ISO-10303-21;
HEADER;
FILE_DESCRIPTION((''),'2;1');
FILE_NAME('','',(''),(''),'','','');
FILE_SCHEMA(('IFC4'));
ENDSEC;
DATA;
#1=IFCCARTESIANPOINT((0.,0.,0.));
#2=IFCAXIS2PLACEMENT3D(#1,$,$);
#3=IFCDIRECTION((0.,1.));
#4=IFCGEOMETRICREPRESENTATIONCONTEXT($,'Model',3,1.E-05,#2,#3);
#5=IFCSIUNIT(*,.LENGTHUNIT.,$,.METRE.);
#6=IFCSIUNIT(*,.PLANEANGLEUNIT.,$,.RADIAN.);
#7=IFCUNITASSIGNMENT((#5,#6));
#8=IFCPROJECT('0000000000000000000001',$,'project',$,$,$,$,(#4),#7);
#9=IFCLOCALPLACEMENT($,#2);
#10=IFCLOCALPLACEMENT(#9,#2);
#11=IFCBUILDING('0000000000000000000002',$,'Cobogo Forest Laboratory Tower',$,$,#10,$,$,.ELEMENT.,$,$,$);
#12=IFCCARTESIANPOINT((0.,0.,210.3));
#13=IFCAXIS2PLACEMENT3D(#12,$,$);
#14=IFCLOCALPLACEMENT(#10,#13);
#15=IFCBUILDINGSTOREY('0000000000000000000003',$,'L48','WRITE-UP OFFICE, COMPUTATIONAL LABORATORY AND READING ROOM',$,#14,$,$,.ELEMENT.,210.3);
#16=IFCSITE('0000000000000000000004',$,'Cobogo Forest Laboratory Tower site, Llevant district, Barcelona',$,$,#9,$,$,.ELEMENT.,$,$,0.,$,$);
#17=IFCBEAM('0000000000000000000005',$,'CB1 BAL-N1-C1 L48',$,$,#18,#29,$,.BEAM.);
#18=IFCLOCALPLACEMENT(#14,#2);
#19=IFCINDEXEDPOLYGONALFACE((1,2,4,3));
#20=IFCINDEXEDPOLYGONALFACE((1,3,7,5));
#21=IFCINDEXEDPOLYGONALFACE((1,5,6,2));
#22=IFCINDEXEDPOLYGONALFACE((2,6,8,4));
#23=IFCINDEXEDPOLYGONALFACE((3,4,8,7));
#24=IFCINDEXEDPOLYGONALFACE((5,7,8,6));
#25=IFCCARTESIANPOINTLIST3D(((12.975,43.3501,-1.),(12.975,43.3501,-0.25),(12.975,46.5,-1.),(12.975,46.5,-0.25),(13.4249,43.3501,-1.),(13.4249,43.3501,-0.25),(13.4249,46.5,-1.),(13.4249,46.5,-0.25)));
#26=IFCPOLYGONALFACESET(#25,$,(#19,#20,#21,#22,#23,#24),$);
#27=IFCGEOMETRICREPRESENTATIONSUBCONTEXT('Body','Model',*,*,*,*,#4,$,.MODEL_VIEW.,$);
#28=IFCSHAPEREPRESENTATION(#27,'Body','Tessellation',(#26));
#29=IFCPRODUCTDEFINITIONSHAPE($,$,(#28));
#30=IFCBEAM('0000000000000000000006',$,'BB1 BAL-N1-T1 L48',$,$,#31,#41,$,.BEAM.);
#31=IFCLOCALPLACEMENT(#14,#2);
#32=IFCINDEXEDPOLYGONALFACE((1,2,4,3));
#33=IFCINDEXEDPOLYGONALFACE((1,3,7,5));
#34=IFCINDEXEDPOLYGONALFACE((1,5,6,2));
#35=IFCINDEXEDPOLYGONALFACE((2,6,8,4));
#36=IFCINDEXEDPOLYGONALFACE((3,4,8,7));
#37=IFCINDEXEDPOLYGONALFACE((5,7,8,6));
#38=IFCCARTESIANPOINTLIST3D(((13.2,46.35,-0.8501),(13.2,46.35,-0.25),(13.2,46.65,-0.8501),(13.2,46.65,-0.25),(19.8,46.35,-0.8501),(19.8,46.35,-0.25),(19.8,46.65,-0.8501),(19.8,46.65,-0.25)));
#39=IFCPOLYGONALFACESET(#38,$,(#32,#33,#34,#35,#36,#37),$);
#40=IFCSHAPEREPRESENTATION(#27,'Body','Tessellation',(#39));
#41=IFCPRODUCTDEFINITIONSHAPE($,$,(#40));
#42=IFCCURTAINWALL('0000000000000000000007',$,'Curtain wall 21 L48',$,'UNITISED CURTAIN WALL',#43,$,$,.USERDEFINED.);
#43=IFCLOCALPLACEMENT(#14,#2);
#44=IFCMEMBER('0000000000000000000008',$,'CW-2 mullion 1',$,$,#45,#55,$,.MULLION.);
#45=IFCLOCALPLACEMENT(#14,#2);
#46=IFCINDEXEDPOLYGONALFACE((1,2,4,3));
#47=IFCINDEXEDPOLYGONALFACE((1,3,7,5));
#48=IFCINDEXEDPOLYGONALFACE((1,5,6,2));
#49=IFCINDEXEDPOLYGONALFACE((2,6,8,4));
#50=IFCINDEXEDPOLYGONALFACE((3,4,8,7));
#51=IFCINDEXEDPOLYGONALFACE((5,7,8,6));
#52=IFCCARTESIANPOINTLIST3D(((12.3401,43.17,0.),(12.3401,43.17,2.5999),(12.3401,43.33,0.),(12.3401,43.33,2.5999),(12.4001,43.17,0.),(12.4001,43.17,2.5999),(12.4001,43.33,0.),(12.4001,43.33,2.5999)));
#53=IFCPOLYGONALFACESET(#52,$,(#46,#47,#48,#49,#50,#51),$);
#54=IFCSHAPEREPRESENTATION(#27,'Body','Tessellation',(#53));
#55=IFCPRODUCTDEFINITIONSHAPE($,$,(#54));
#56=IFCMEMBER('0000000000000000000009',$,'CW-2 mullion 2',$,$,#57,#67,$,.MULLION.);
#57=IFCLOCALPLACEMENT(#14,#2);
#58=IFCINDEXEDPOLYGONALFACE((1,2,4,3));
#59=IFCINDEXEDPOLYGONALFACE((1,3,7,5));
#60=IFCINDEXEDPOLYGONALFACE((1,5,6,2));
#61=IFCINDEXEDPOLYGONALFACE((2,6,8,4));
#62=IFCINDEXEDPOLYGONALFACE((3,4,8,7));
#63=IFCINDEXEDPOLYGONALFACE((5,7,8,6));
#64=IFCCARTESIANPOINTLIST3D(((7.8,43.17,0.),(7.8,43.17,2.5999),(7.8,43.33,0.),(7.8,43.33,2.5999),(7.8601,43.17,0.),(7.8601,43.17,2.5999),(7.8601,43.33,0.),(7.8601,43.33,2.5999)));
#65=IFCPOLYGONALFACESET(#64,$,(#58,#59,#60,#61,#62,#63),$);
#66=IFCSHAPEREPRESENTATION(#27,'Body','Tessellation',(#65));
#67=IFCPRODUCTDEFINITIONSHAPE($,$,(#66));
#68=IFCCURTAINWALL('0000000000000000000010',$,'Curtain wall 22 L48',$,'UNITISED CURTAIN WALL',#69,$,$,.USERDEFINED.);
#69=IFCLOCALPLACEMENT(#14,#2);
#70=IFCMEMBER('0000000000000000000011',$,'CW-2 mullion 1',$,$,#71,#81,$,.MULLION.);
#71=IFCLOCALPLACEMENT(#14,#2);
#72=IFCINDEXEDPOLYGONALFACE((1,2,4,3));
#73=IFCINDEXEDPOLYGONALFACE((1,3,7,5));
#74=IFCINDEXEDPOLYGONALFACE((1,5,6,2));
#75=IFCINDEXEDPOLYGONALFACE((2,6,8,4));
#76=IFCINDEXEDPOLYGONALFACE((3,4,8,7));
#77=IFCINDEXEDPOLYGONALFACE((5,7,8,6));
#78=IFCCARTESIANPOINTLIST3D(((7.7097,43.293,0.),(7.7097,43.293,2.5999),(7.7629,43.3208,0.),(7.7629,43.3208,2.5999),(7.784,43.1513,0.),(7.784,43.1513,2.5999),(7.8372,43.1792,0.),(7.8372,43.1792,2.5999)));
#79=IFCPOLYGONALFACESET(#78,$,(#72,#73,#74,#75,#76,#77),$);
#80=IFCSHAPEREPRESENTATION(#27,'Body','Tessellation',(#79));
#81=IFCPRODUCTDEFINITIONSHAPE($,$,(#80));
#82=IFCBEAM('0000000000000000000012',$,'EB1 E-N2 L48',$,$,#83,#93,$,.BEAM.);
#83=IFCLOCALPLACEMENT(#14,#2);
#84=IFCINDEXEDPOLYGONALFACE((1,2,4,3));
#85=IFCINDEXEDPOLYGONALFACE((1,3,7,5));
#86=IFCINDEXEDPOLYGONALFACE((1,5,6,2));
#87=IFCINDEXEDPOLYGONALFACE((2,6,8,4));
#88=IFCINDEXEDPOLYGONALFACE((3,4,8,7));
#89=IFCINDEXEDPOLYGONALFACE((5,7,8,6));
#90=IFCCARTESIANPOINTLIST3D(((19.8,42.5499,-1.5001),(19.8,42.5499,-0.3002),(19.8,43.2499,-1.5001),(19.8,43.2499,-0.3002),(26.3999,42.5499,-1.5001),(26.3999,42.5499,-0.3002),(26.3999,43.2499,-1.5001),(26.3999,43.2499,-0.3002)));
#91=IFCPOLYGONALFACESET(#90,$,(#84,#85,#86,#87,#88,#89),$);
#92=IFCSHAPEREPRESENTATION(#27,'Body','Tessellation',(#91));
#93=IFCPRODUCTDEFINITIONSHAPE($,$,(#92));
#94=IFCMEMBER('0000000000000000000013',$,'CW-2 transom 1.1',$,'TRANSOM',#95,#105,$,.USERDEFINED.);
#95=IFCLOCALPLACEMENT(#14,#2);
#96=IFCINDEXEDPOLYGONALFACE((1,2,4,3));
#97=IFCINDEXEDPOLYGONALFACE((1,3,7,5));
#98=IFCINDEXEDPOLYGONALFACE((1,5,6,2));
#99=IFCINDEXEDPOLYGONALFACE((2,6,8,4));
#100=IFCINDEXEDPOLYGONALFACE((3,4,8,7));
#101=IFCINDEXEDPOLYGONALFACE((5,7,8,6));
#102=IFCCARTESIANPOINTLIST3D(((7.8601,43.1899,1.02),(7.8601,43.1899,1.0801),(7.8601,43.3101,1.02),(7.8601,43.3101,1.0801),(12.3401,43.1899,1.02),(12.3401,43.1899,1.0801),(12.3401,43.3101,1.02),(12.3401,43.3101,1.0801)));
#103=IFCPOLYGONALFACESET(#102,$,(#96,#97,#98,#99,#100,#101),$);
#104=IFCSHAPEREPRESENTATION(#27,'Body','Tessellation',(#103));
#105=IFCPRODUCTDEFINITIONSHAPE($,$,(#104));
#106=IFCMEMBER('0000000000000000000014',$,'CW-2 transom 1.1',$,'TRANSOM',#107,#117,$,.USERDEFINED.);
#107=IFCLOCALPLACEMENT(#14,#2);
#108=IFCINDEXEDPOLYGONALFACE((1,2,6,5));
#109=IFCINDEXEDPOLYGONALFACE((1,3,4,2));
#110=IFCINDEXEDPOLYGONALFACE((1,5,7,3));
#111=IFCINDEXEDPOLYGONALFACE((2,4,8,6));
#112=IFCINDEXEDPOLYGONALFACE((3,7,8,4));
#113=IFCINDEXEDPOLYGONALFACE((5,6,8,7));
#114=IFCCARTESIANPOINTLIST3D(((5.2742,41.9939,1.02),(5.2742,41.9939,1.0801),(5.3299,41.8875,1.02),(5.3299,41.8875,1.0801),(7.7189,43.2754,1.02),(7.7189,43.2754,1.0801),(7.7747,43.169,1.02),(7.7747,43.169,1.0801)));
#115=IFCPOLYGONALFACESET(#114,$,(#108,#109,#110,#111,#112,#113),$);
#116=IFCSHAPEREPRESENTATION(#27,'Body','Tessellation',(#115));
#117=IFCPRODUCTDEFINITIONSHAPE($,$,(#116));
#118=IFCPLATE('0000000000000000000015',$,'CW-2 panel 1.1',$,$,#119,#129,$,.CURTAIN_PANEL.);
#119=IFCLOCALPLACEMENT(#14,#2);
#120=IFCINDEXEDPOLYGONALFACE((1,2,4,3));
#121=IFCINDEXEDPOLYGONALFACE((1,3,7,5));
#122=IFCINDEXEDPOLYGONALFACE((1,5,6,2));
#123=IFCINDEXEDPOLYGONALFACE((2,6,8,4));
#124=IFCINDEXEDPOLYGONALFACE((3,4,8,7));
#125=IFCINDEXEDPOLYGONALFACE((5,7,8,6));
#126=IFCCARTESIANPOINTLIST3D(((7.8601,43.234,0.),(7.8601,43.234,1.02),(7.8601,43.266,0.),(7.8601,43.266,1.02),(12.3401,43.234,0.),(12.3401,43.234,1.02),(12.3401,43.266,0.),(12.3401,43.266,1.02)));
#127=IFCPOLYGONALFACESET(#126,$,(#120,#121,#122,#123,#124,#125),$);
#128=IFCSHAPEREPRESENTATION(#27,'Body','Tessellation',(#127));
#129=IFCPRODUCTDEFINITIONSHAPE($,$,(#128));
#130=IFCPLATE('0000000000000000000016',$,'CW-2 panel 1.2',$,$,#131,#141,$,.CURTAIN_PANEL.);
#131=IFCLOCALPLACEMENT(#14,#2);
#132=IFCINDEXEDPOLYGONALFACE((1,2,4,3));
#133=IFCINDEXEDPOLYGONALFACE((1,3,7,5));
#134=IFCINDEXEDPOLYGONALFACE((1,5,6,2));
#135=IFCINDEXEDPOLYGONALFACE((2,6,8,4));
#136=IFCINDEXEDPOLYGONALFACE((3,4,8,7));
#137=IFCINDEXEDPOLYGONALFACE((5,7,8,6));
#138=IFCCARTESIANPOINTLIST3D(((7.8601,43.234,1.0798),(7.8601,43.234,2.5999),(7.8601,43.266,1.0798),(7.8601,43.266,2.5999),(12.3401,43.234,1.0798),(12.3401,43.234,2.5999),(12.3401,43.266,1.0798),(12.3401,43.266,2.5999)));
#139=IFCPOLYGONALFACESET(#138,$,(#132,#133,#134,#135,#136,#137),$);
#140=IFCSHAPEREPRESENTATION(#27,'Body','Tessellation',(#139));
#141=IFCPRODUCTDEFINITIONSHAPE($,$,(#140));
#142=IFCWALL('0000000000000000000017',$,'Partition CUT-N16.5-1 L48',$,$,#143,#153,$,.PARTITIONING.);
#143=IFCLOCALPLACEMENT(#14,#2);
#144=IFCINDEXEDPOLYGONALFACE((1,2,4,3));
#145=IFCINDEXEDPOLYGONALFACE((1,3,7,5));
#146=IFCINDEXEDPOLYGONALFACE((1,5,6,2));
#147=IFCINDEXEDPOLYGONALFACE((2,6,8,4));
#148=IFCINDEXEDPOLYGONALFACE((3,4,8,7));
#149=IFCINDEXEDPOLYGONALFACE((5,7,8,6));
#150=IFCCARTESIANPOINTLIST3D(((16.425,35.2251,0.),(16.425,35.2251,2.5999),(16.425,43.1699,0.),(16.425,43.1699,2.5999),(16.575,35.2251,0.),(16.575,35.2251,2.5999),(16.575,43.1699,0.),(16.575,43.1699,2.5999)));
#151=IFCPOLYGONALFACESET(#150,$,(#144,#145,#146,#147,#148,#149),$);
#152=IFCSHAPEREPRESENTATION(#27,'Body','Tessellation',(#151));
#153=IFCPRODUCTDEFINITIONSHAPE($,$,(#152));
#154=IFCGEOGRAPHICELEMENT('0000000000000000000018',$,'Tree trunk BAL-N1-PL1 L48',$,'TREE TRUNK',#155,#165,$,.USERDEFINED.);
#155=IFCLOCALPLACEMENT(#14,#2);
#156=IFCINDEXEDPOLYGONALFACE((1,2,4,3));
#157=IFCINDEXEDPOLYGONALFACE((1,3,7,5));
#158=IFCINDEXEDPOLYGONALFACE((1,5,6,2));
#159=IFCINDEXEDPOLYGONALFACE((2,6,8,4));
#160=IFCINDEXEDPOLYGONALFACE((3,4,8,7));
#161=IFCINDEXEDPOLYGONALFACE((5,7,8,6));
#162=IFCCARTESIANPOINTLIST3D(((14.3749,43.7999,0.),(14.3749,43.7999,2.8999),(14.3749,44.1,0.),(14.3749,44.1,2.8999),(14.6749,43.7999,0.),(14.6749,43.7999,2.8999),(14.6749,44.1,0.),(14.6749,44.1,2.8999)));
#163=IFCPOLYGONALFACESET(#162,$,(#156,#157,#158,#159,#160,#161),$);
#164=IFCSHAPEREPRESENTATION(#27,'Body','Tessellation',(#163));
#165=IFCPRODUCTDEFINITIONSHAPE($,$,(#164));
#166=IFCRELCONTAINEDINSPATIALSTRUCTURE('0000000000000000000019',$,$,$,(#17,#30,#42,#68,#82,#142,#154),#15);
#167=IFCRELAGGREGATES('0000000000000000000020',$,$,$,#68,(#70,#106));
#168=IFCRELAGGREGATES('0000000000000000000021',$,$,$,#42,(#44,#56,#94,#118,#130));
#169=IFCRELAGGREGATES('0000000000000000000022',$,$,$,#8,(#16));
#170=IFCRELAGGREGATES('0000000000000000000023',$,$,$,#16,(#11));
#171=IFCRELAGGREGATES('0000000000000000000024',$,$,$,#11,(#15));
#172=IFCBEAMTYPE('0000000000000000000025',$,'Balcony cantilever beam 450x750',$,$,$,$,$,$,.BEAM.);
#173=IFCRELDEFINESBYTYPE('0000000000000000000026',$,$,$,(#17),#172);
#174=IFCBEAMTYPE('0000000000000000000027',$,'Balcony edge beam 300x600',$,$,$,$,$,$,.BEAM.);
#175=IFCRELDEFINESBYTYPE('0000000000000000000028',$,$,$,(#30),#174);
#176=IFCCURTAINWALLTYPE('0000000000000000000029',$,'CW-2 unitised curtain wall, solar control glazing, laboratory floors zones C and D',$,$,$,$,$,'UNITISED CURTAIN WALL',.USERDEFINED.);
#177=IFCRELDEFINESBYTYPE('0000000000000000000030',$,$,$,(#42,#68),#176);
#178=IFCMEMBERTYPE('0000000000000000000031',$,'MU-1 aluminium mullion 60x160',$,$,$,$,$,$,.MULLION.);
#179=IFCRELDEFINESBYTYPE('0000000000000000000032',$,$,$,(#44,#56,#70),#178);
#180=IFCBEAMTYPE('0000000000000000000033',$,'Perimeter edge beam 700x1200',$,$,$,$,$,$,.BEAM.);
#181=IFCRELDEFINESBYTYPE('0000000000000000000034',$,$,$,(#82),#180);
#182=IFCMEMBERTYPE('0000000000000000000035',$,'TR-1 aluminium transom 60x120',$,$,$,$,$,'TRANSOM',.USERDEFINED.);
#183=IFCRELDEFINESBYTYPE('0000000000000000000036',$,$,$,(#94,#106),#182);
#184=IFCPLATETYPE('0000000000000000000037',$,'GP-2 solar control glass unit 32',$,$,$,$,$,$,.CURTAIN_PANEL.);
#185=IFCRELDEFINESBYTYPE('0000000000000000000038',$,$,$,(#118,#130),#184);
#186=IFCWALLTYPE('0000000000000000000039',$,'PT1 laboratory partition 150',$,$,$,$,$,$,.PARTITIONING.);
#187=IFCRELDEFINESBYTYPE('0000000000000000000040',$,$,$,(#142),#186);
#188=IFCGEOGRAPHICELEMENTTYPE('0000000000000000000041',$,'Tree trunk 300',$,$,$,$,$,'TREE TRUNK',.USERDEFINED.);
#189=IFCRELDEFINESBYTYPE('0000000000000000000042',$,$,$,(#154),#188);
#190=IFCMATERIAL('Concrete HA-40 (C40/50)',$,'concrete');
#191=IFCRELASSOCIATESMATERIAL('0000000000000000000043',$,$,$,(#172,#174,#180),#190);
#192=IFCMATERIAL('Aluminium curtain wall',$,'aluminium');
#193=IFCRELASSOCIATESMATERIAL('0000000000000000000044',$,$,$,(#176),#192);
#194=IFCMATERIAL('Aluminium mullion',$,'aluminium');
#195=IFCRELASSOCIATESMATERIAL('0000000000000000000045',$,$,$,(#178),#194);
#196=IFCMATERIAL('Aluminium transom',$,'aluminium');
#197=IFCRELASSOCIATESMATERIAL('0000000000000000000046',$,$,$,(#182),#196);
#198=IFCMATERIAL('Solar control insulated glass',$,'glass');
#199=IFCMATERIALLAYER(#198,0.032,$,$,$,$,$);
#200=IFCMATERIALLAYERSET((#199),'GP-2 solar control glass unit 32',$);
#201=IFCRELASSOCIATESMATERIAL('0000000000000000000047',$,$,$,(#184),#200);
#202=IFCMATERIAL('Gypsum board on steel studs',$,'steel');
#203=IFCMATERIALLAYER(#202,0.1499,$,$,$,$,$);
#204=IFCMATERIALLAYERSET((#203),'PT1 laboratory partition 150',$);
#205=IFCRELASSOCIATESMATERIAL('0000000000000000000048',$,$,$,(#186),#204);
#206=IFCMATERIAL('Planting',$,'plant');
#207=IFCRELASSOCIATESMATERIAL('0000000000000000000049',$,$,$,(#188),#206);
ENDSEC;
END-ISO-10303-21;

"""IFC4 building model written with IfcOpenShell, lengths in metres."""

from ifc_helpers import new_model, si_unit, direction, frame, frame_2d, origin, origin_2d, place, context, subcontext, project, spatial, rectangle, extrude, material, layer, layer_set, material_profile, profile_set, type_object, element, aggregate, save


model = new_model("IFC4")

# Units and contexts
model_context = context("Model", 3, precision=1e-05, world=origin(), true_north=direction((0.0, 1.0)))
body_context = subcontext(model_context, "Body", "Model", "MODEL_VIEW")
ifc_project = project(units=[si_unit("LENGTHUNIT", "METRE"), si_unit("PLANEANGLEUNIT", "RADIAN")], contexts=[model_context])

# Site, building, storey
site_placement = place(None, origin())
site = spatial("IfcSite", under=ifc_project, at=site_placement, Name="Cobogo Forest Laboratory Tower site, Llevant district, Barcelona", CompositionType="ELEMENT", RefElevation=0.0)
building_placement = place(site_placement, origin())
building = spatial("IfcBuilding", under=site, at=building_placement, Name="Cobogo Forest Laboratory Tower", CompositionType="ELEMENT")
storey_placement = place(building_placement, frame((0.0, 0.0, 210.3)))
storey = spatial("IfcBuildingStorey", under=building, at=storey_placement, Name="L48", Description="WRITE-UP OFFICE, COMPUTATIONAL LABORATORY AND READING ROOM", CompositionType="ELEMENT", Elevation=210.3)

# Beams
ifc_material_1 = material(Name="Concrete HA-40 (C40/50)", Category="concrete")
ifc_material_profile_1 = material_profile(ifc_material_1, rectangle(XDim=0.45, YDim=0.75, at=origin_2d()), Name="RC 450x750")
ifc_profile_set_1 = profile_set([ifc_material_profile_1], Name="Concrete HA-40 (C40/50)")
beam_type_1 = type_object("IfcBeamType", Name="Balcony cantilever beam 450x750", PredefinedType="BEAM", material=ifc_profile_set_1)
beam_1_placement = place(storey_placement, frame((13.2, 43.3501, -0.625), z_axis=(0.0, 1.0, 0.0), x_axis=(-1.0, 0.0, 0.0)))
element("IfcBeam", 1, at=beam_1_placement, inside=storey, type_object=beam_type_1, Name="CB1 BAL-N1-C1 L48", PredefinedType="BEAM", context=body_context, shape_type="SweptSolid", body=[
    extrude(rectangle(XDim=0.45, YDim=0.75, at=origin_2d()), origin(), (0.0, 0.0, 1.0), 3.1499),
])
ifc_material_profile_2 = material_profile(ifc_material_1, rectangle(XDim=0.3, YDim=0.6001, at=origin_2d()), Name="RC 300x600")
ifc_profile_set_2 = profile_set([ifc_material_profile_2], Name="Concrete HA-40 (C40/50)")
beam_type_2 = type_object("IfcBeamType", Name="Balcony edge beam 300x600", PredefinedType="BEAM", material=ifc_profile_set_2)
beam_2_placement = place(storey_placement, frame((13.2, 46.5, -0.55), z_axis=(1.0, 0.0, 0.0), x_axis=(0.0, 1.0, 0.0)))
element("IfcBeam", 2, at=beam_2_placement, inside=storey, type_object=beam_type_2, Name="BB1 BAL-N1-T1 L48", PredefinedType="BEAM", context=body_context, shape_type="SweptSolid", body=[
    extrude(rectangle(XDim=0.3, YDim=0.6001, at=origin_2d()), origin(), (0.0, 0.0, 1.0), 6.6001),
])

# Curtain wall, members
ifc_material_2 = material(Name="Aluminium curtain wall", Category="aluminium")
curtain_wall_type = type_object("IfcCurtainWallType", Name="CW-2 unitised curtain wall, solar control glazing, laboratory floors zones C and D", ElementType="UNITISED CURTAIN WALL", PredefinedType="USERDEFINED", material=ifc_material_2)
curtain_wall_1_placement = place(storey_placement, origin())
curtain_wall_1 = element("IfcCurtainWall", 3, at=curtain_wall_1_placement, inside=storey, type_object=curtain_wall_type, Name="Curtain wall 21 L48", ObjectType="UNITISED CURTAIN WALL", PredefinedType="USERDEFINED")
ifc_material_3 = material(Name="Aluminium mullion", Category="aluminium")
ifc_material_profile_3 = material_profile(ifc_material_3, rectangle(XDim=0.0601, YDim=0.1599, at=origin_2d()), Name="AL 60x160")
ifc_profile_set_3 = profile_set([ifc_material_profile_3], Name="Aluminium mullion")
member_type_1 = type_object("IfcMemberType", Name="MU-1 aluminium mullion 60x160", PredefinedType="MULLION", material=ifc_profile_set_3)
member_1_placement = place(storey_placement, frame((12.3701, 43.25, 0.0), z_axis=(0.0, 0.0, 1.0), x_axis=(-1.0, 0.0, 0.0)))
member_1 = element("IfcMember", 4, at=member_1_placement, type_object=member_type_1, Name="CW-2 mullion 1", PredefinedType="MULLION", context=body_context, shape_type="SweptSolid", body=[
    extrude(rectangle(XDim=0.0601, YDim=0.1599, at=origin_2d()), origin(), (0.0, 0.0, 1.0), 2.5999),
])
member_2_placement = place(storey_placement, frame((7.8301, 43.25, 0.0), z_axis=(0.0, 0.0, 1.0), x_axis=(-1.0, 0.0, 0.0)))
member_2 = element("IfcMember", 5, at=member_2_placement, type_object=member_type_1, Name="CW-2 mullion 2", PredefinedType="MULLION", context=body_context, shape_type="SweptSolid", body=[
    extrude(rectangle(XDim=0.0601, YDim=0.1599, at=origin_2d()), origin(), (0.0, 0.0, 1.0), 2.5999),
])

# Curtain wall, member
curtain_wall_2_placement = place(storey_placement, origin())
curtain_wall_2 = element("IfcCurtainWall", 6, at=curtain_wall_2_placement, inside=storey, type_object=curtain_wall_type, Name="Curtain wall 22 L48", ObjectType="UNITISED CURTAIN WALL", PredefinedType="USERDEFINED")
member_3_placement = place(storey_placement, frame((7.7734, 43.2361, 0.0), z_axis=(0.0, 0.0, 1.0), x_axis=(-0.885686, -0.464284, 0.0)))
member_3 = element("IfcMember", 7, at=member_3_placement, type_object=member_type_1, Name="CW-2 mullion 1", PredefinedType="MULLION", context=body_context, shape_type="SweptSolid", body=[
    extrude(rectangle(XDim=0.0601, YDim=0.1599, at=origin_2d()), origin(), (0.0, 0.0, 1.0), 2.5999),
])

# Beam
ifc_material_profile_4 = material_profile(ifc_material_1, rectangle(XDim=0.7, YDim=1.2, at=origin_2d()), Name="RC 700x1200")
ifc_profile_set_4 = profile_set([ifc_material_profile_4], Name="Concrete HA-40 (C40/50)")
beam_type_3 = type_object("IfcBeamType", Name="Perimeter edge beam 700x1200", PredefinedType="BEAM", material=ifc_profile_set_4)
beam_3_placement = place(storey_placement, frame((19.8, 42.8999, -0.9001), z_axis=(1.0, 0.0, 0.0), x_axis=(0.0, 1.0, 0.0)))
element("IfcBeam", 8, at=beam_3_placement, inside=storey, type_object=beam_type_3, Name="EB1 E-N2 L48", PredefinedType="BEAM", context=body_context, shape_type="SweptSolid", body=[
    extrude(rectangle(XDim=0.7, YDim=1.2, at=origin_2d()), origin(), (0.0, 0.0, 1.0), 6.5999),
])

# Members
ifc_material_4 = material(Name="Aluminium transom", Category="aluminium")
ifc_material_profile_5 = material_profile(ifc_material_4, rectangle(XDim=0.1201, YDim=0.0601, at=origin_2d()), Name="AL 60x120")
ifc_profile_set_5 = profile_set([ifc_material_profile_5], Name="Aluminium transom")
member_type_2 = type_object("IfcMemberType", Name="TR-1 aluminium transom 60x120", ElementType="TRANSOM", PredefinedType="USERDEFINED", material=ifc_profile_set_5)
member_4_placement = place(storey_placement, frame((12.3401, 43.25, 1.05), z_axis=(-1.0, 0.0, 0.0), x_axis=(0.0, -1.0, 0.0)))
member_4 = element("IfcMember", 9, at=member_4_placement, type_object=member_type_2, Name="CW-2 transom 1.1", ObjectType="TRANSOM", PredefinedType="USERDEFINED", context=body_context, shape_type="SweptSolid", body=[
    extrude(rectangle(XDim=0.1201, YDim=0.0601, at=origin_2d()), origin(), (0.0, 0.0, 1.0), 4.48),
])
member_5_placement = place(storey_placement, frame((7.7468, 43.2222, 1.05), z_axis=(-0.885702, -0.464255, 0.0), x_axis=(0.464255, -0.885702, 0.0)))
member_5 = element("IfcMember", 10, at=member_5_placement, type_object=member_type_2, Name="CW-2 transom 1.1", ObjectType="TRANSOM", PredefinedType="USERDEFINED", context=body_context, shape_type="SweptSolid", body=[
    extrude(rectangle(XDim=0.1201, YDim=0.0601, at=origin_2d()), origin(), (0.0, 0.0, 1.0), 2.7603),
])
aggregate(curtain_wall_2, [member_3, member_5])

# Plates
ifc_material_5 = material(Name="Solar control insulated glass", Category="glass")
ifc_layer_1 = layer(ifc_material_5, 0.032)
ifc_layer_set_1 = layer_set([ifc_layer_1], Name="GP-2 solar control glass unit 32")
plate_type = type_object("IfcPlateType", Name="GP-2 solar control glass unit 32", PredefinedType="CURTAIN_PANEL", material=ifc_layer_set_1)
plate_1_placement = place(storey_placement, frame((10.1001, 43.25, 0.0), z_axis=(0.0, 0.0, 1.0), x_axis=(-1.0, 0.0, 0.0)))
plate_1 = element("IfcPlate", 11, at=plate_1_placement, type_object=plate_type, Name="CW-2 panel 1.1", PredefinedType="CURTAIN_PANEL", context=body_context, shape_type="SweptSolid", body=[
    extrude(rectangle(XDim=4.48, YDim=0.032, at=origin_2d()), origin(), (0.0, 0.0, 1.0), 1.02),
])
plate_2_placement = place(storey_placement, frame((10.1001, 43.25, 1.0798), z_axis=(0.0, 0.0, 1.0), x_axis=(-1.0, 0.0, 0.0)))
plate_2 = element("IfcPlate", 12, at=plate_2_placement, type_object=plate_type, Name="CW-2 panel 1.2", PredefinedType="CURTAIN_PANEL", context=body_context, shape_type="SweptSolid", body=[
    extrude(rectangle(XDim=4.48, YDim=0.032, at=origin_2d()), origin(), (0.0, 0.0, 1.0), 1.52),
])
aggregate(curtain_wall_1, [member_1, member_2, member_4, plate_1, plate_2])

# Wall
ifc_material_6 = material(Name="Gypsum board on steel studs", Category="steel")
ifc_layer_2 = layer(ifc_material_6, 0.1499)
ifc_layer_set_2 = layer_set([ifc_layer_2], Name="PT1 laboratory partition 150")
wall_type_1 = type_object("IfcWallType", Name="PT1 laboratory partition 150", PredefinedType="PARTITIONING", material=ifc_layer_set_2)
wall_1_placement = place(storey_placement, frame((16.5, 43.1699, 0.0), z_axis=(0.0, 0.0, 1.0), x_axis=(0.0, -1.0, 0.0)))
element("IfcWall", 13, at=wall_1_placement, inside=storey, type_object=wall_type_1, Name="Partition CUT-N16.5-1 L48", PredefinedType="PARTITIONING", context=body_context, shape_type="SweptSolid", body=[
    extrude(rectangle(XDim=7.9448, YDim=0.1499, at=frame_2d((3.9724, 0.0))), origin(), (0.0, 0.0, 1.0), 2.5999),
])

# Geographic element
ifc_material_7 = material(Name="Planting", Category="plant")
geographic_element_type = type_object("IfcGeographicElementType", Name="Tree trunk 300", ElementType="TREE TRUNK", PredefinedType="USERDEFINED", material=ifc_material_7)
geographic_element_placement = place(storey_placement, frame((14.5249, 43.95, 0.0), z_axis=(0.0, 0.0, 1.0), x_axis=(1.0, 0.0, 0.0)))
element("IfcGeographicElement", 14, at=geographic_element_placement, inside=storey, type_object=geographic_element_type, Name="Tree trunk BAL-N1-PL1 L48", ObjectType="TREE TRUNK", PredefinedType="USERDEFINED", context=body_context, shape_type="SweptSolid", body=[
    extrude(rectangle(XDim=0.3, YDim=0.3, at=origin_2d()), origin(), (0.0, 0.0, 1.0), 2.8999),
])

save(model, "model.ifc")
